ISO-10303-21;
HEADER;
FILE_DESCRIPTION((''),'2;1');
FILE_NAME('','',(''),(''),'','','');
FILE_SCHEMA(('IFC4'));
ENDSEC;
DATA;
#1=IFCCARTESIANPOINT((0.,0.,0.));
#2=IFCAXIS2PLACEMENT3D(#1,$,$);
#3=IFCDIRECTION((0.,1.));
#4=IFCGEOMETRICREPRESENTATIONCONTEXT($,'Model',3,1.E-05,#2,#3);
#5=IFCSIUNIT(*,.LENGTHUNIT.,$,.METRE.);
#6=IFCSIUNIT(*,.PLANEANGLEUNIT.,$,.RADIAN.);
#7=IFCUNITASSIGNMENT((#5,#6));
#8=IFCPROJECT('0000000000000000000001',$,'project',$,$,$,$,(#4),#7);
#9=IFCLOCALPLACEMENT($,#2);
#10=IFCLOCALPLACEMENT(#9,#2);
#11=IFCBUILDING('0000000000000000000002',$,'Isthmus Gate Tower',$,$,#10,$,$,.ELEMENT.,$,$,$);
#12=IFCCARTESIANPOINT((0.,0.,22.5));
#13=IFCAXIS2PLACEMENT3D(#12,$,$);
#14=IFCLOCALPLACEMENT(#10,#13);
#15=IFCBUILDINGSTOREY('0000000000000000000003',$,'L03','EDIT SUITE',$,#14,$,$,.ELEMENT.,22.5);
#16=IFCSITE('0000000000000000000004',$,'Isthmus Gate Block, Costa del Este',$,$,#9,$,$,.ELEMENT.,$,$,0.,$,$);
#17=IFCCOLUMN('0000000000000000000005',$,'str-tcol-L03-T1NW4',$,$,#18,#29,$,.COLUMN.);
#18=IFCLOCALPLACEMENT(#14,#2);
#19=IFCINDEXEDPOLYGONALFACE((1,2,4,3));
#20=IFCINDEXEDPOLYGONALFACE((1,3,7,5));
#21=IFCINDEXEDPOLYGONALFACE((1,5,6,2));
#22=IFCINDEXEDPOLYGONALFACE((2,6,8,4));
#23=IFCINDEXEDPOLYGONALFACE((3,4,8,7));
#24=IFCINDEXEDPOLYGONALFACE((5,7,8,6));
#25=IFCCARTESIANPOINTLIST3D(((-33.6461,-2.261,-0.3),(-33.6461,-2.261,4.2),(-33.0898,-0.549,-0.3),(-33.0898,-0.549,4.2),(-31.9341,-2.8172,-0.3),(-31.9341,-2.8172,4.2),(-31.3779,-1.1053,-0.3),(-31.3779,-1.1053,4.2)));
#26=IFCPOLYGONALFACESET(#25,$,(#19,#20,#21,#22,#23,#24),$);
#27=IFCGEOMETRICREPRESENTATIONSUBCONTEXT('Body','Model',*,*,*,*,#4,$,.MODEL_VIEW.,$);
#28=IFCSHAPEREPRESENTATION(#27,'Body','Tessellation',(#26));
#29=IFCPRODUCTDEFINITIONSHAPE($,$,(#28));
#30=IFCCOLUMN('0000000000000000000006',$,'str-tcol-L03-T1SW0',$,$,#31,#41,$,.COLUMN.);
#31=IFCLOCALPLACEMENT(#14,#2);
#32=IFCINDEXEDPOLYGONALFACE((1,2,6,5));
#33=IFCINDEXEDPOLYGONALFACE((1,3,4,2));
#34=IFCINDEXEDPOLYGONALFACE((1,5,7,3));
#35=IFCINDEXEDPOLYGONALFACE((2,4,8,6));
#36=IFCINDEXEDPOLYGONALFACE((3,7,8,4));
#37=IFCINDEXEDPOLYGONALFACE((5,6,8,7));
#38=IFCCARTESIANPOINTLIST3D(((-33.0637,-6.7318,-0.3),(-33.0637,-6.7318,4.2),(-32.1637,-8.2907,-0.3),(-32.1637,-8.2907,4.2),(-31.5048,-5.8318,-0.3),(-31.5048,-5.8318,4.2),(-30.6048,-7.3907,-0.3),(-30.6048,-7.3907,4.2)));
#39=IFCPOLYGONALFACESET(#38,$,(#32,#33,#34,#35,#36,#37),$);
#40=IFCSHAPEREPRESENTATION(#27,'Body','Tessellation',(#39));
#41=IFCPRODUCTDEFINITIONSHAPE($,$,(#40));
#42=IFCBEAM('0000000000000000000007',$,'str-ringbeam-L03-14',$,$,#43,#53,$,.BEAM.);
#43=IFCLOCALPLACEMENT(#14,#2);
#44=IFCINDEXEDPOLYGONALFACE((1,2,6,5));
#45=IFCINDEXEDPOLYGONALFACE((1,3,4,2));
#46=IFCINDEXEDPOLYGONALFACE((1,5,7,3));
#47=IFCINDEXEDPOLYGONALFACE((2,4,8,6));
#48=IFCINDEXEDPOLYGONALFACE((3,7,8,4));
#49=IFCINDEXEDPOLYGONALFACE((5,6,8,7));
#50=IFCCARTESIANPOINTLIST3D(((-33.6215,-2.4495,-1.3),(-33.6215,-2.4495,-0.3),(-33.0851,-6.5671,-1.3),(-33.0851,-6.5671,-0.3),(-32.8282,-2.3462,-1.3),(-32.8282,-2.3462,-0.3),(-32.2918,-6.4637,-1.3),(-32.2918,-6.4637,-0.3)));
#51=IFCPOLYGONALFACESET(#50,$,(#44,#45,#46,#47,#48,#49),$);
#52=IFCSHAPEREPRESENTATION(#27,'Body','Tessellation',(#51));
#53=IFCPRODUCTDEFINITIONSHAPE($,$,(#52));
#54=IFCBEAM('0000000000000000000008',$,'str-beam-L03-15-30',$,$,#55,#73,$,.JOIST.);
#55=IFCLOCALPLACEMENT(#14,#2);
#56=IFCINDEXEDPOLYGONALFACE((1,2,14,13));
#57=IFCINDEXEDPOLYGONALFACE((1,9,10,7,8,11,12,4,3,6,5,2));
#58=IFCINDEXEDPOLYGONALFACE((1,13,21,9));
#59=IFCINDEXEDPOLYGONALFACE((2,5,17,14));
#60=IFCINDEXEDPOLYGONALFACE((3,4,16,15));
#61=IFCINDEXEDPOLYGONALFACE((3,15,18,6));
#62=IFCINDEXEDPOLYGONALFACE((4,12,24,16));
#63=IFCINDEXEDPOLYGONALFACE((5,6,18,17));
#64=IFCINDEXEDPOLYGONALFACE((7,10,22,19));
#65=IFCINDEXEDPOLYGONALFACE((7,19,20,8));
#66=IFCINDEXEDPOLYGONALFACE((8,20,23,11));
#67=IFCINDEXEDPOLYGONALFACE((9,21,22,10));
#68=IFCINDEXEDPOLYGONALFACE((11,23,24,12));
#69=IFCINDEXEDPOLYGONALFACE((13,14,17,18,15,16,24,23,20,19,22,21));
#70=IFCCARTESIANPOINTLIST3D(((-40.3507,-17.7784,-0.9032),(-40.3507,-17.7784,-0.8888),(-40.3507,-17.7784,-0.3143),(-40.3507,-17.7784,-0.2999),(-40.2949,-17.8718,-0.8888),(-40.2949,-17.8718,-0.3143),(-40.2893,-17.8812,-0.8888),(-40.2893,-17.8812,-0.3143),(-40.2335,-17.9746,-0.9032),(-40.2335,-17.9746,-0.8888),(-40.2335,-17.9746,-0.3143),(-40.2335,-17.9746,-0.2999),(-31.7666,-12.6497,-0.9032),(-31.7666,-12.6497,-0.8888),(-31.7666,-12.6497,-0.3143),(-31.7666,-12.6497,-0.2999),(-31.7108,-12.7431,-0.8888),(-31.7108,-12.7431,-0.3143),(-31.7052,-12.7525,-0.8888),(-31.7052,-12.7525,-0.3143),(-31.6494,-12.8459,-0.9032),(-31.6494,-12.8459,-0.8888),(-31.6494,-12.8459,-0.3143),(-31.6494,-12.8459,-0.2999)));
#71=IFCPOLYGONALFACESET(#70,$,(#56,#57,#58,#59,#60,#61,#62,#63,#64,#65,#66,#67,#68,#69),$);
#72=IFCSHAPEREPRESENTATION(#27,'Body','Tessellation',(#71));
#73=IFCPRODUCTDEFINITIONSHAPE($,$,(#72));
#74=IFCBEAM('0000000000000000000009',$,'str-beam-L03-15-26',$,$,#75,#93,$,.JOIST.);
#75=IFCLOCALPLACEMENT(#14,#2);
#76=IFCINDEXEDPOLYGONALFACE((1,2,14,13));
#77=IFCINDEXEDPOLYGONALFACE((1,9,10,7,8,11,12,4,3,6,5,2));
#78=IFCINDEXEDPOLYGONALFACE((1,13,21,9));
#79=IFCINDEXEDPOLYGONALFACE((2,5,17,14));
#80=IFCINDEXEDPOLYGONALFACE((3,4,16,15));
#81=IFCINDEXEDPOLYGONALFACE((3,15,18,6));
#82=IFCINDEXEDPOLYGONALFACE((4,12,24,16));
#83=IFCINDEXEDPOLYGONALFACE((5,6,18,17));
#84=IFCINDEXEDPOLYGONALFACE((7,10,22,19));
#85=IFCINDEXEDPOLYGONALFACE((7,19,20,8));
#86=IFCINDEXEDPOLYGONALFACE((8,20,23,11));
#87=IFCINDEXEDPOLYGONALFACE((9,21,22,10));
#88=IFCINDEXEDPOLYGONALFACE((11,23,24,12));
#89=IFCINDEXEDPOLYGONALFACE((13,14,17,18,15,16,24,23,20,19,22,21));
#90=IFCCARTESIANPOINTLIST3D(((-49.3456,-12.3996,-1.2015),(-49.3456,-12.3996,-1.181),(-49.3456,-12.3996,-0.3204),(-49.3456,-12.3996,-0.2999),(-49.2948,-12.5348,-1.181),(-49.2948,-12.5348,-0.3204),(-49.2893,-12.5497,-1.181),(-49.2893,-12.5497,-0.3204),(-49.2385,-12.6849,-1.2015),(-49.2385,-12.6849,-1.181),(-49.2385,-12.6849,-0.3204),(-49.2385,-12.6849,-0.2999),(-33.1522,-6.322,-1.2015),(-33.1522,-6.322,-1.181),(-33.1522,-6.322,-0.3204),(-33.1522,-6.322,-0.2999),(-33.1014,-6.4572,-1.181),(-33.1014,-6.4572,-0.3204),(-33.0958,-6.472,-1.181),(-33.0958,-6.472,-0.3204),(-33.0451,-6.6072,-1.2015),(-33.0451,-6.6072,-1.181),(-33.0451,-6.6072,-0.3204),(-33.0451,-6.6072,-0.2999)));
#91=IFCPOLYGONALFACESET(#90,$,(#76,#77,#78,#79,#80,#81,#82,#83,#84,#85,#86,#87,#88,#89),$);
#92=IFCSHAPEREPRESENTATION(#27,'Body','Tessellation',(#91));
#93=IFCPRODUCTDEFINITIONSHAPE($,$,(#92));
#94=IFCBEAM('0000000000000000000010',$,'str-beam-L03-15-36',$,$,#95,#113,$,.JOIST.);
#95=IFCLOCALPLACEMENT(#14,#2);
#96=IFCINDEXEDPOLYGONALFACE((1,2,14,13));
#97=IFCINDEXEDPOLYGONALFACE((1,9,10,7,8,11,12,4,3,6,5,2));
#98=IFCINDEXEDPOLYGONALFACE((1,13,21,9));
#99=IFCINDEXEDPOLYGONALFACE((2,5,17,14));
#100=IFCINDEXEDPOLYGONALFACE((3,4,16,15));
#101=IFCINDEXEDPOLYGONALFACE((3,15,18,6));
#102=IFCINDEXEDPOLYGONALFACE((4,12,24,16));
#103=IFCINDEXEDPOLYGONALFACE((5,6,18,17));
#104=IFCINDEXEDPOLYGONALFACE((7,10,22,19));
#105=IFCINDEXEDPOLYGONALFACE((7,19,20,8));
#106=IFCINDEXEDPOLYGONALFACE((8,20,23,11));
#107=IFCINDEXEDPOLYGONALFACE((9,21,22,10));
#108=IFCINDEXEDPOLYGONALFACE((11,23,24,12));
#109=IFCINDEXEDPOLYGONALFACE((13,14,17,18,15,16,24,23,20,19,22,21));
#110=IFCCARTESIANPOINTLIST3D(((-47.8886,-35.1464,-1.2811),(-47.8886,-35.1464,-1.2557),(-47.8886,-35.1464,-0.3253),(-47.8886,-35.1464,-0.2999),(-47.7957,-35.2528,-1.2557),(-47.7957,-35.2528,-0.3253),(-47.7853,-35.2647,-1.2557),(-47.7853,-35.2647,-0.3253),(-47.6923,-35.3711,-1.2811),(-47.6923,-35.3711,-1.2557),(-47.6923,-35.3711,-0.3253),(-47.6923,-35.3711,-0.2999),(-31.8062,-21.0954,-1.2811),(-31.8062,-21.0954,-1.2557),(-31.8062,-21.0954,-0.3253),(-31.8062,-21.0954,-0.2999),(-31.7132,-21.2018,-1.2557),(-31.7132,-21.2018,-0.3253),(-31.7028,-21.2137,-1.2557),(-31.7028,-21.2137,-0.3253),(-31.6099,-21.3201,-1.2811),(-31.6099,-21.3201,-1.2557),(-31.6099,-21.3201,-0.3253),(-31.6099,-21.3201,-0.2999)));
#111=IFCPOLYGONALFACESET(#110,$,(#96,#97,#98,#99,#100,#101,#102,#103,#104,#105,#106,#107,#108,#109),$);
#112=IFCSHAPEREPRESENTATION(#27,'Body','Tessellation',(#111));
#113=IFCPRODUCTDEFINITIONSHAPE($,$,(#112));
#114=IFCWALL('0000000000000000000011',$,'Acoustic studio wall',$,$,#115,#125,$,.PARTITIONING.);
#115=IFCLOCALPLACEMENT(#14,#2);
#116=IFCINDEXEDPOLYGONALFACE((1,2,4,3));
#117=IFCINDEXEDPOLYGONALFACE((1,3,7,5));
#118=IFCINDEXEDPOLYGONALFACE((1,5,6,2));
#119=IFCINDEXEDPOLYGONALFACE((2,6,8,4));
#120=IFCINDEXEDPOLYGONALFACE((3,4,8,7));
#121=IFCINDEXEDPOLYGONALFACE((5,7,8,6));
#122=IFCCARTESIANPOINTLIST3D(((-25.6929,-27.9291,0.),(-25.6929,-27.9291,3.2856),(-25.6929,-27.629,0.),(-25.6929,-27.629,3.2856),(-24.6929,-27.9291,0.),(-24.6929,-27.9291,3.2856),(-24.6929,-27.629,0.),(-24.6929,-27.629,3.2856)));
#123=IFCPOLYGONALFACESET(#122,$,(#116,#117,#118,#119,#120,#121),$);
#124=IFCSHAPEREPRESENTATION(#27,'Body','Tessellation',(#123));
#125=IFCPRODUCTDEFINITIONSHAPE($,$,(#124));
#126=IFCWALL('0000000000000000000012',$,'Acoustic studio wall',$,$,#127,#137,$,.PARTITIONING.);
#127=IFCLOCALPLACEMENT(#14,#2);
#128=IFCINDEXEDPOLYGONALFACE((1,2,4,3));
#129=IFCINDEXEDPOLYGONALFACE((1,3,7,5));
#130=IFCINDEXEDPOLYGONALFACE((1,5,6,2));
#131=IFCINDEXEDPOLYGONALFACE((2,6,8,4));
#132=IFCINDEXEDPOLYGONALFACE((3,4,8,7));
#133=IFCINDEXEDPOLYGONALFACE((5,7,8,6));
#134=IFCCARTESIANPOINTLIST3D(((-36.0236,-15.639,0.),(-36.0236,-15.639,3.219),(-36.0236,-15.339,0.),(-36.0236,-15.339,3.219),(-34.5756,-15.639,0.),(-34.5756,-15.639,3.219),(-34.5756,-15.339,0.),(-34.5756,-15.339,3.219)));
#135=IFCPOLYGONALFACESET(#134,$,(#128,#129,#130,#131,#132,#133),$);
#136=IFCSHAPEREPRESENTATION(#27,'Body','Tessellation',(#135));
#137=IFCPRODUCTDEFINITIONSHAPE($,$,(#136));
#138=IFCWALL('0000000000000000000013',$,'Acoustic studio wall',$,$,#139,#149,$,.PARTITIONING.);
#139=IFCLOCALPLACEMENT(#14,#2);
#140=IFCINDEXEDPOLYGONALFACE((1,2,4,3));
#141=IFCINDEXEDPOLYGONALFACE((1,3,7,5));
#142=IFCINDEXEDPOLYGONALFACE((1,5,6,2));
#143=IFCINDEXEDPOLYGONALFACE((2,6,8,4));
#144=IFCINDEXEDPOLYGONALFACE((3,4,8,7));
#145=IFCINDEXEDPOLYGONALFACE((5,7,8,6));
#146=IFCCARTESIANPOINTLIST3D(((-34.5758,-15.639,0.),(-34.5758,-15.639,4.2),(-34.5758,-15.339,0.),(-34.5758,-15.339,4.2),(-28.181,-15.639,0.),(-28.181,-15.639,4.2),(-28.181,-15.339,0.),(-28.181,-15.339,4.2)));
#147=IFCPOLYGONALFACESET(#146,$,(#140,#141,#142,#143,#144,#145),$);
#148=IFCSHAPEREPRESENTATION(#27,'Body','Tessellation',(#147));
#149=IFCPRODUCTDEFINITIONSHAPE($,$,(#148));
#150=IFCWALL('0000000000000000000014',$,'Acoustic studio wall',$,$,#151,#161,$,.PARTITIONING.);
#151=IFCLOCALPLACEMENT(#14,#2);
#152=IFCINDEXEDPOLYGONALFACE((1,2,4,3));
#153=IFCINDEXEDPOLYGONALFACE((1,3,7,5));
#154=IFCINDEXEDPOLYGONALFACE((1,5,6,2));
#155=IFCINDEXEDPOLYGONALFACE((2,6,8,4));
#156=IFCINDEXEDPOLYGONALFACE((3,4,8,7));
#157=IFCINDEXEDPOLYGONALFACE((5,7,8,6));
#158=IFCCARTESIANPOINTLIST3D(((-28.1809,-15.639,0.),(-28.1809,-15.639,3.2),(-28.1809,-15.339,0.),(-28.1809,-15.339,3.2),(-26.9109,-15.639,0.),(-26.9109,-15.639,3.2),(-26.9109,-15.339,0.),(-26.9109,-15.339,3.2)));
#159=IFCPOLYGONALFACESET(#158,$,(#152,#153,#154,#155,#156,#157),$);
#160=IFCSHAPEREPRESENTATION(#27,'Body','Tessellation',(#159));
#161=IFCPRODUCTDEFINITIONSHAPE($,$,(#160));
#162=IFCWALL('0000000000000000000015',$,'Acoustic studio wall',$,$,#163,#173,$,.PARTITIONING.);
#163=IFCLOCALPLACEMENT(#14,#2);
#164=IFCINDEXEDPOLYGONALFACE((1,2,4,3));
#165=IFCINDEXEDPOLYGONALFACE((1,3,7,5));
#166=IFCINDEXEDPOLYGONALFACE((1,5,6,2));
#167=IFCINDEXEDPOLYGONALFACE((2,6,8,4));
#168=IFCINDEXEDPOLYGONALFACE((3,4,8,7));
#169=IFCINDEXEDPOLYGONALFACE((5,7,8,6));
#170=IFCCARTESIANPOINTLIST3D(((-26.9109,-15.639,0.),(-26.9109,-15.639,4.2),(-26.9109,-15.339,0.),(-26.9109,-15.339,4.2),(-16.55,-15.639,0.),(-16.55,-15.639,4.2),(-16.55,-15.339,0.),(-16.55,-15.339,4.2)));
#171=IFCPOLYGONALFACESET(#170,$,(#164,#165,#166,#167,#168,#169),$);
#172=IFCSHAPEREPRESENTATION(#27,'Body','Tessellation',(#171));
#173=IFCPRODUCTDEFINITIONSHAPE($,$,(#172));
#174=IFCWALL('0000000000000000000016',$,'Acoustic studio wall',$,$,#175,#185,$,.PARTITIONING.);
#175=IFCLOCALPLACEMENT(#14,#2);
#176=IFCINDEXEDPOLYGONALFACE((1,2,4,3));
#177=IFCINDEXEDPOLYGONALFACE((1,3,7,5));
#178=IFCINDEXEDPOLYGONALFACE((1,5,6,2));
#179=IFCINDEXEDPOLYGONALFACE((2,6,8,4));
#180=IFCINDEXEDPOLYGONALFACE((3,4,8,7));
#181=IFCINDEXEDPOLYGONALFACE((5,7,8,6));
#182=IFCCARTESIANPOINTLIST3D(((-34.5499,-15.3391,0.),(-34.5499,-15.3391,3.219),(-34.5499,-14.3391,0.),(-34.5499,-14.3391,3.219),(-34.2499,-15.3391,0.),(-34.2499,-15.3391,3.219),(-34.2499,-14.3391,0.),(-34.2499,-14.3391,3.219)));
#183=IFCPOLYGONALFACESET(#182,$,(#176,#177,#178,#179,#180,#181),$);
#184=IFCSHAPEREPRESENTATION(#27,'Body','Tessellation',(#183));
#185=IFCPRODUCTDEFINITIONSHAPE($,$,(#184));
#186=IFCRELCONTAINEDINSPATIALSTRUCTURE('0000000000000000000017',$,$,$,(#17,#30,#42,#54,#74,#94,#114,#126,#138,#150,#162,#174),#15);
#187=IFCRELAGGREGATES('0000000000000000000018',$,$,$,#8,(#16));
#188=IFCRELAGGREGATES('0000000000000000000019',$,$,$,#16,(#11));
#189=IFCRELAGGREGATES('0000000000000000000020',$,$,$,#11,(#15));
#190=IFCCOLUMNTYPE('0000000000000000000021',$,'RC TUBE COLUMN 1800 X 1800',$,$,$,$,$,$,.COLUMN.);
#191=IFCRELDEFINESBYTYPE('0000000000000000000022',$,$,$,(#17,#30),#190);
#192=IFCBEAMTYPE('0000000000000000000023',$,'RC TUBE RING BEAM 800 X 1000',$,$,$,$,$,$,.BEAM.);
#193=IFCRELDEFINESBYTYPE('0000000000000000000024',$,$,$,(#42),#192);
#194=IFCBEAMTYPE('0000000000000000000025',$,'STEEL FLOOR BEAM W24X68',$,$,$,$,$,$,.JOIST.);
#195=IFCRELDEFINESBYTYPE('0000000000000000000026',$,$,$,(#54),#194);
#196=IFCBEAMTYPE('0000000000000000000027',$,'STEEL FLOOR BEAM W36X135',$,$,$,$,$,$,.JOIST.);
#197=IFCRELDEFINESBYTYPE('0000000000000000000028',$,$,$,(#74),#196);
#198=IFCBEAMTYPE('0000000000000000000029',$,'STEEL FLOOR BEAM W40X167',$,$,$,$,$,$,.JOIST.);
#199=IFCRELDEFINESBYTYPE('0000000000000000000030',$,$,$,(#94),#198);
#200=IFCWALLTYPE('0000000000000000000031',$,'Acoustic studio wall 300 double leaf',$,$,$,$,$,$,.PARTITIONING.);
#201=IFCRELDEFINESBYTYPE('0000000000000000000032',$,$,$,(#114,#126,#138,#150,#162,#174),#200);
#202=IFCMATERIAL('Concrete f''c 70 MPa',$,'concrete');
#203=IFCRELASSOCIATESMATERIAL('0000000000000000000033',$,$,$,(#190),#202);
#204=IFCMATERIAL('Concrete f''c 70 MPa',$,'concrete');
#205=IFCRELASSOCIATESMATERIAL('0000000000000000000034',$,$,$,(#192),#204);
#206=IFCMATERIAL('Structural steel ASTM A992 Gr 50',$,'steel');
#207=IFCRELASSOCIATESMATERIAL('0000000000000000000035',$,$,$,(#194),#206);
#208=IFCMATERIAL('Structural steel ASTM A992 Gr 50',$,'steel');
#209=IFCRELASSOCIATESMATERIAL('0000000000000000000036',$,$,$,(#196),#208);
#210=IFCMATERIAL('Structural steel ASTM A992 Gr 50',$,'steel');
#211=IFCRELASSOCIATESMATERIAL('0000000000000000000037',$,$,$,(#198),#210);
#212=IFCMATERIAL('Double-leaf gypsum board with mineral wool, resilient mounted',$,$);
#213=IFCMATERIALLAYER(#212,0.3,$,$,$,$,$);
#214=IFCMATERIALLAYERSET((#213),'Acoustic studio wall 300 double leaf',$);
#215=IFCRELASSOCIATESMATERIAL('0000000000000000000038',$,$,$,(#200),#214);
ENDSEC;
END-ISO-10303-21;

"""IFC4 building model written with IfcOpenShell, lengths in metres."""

from ifc_helpers import new_model, si_unit, direction, frame, frame_2d, origin, origin_2d, place, context, subcontext, project, spatial, rectangle, i_section, extrude, material, layer, layer_set, material_profile, profile_set, type_object, element, save


model = new_model("IFC4")

# Units and contexts
model_context = context("Model", 3, precision=1e-05, world=origin(), true_north=direction((0.0, 1.0)))
body_context = subcontext(model_context, "Body", "Model", "MODEL_VIEW")
ifc_project = project(units=[si_unit("LENGTHUNIT", "METRE"), si_unit("PLANEANGLEUNIT", "RADIAN")], contexts=[model_context])

# Site, building, storey
site_placement = place(None, origin())
site = spatial("IfcSite", under=ifc_project, at=site_placement, Name="Isthmus Gate Block, Costa del Este", CompositionType="ELEMENT", RefElevation=0.0)
building_placement = place(site_placement, origin())
building = spatial("IfcBuilding", under=site, at=building_placement, Name="Isthmus Gate Tower", CompositionType="ELEMENT")
storey_placement = place(building_placement, frame((0.0, 0.0, 22.5)))
storey = spatial("IfcBuildingStorey", under=building, at=storey_placement, Name="L03", Description="EDIT SUITE", CompositionType="ELEMENT", Elevation=22.5)

# Columns
ifc_material_1 = material(Name="Concrete f'c 70 MPa", Category="concrete")
ifc_material_profile_1 = material_profile(ifc_material_1, rectangle(XDim=1.8, YDim=1.8, at=origin_2d()), Name="RC 1800X1800")
ifc_profile_set_1 = profile_set([ifc_material_profile_1], Name="Concrete f'c 70 MPa")
column_type = type_object("IfcColumnType", Name="RC TUBE COLUMN 1800 X 1800", PredefinedType="COLUMN", material=ifc_profile_set_1)
for number, where, z_axis, x_axis, name in (
    (1, (-32.512, -1.6831, -0.3), (0.0, 0.0, 1.0), (-0.309017, -0.951057, 0.0), "str-tcol-L03-T1NW4"),
    (2, (-31.8342, -7.0613, -0.3), (0.0, 0.0, 1.0), (0.5, -0.866025, 0.0), "str-tcol-L03-T1SW0"),
):
    element("IfcColumn", number, at=place(storey_placement, frame(where, z_axis=z_axis, x_axis=x_axis)), inside=storey, type_object=column_type, Name=name, PredefinedType="COLUMN", context=body_context, shape_type="SweptSolid", body=[
        extrude(rectangle(XDim=1.8, YDim=1.8, at=origin_2d()), origin(), (0.0, 0.0, 1.0), 4.5),
    ])

# Beams
ifc_material_2 = material(Name="Concrete f'c 70 MPa", Category="concrete")
ifc_material_profile_2 = material_profile(ifc_material_2, rectangle(XDim=0.8, YDim=1.0, at=origin_2d()), Name="RC 800X1000")
ifc_profile_set_2 = profile_set([ifc_material_profile_2], Name="Concrete f'c 70 MPa")
beam_type_1 = type_object("IfcBeamType", Name="RC TUBE RING BEAM 800 X 1000", PredefinedType="BEAM", material=ifc_profile_set_2)
beam_1_placement = place(storey_placement, frame((-32.6885, -6.5154, -0.8), z_axis=(-0.129171, 0.991622, 0.0), x_axis=(-0.991622, -0.129171, 0.0)))
element("IfcBeam", 3, at=beam_1_placement, inside=storey, type_object=beam_type_1, Name="str-ringbeam-L03-14", PredefinedType="BEAM", context=body_context, shape_type="SweptSolid", body=[
    extrude(rectangle(XDim=0.8, YDim=1.0, at=origin_2d()), origin(), (0.0, 0.0, 1.0), 4.1523),
])
ifc_material_3 = material(Name="Structural steel ASTM A992 Gr 50", Category="steel")
ifc_material_profile_3 = material_profile(ifc_material_3, i_section(OverallWidth=0.2285, OverallDepth=0.6033, WebThickness=0.011, FlangeThickness=0.0144, at=origin_2d()), Name="W24X68")
ifc_profile_set_3 = profile_set([ifc_material_profile_3], Name="Structural steel ASTM A992 Gr 50")
beam_type_2 = type_object("IfcBeamType", Name="STEEL FLOOR BEAM W24X68", PredefinedType="JOIST", material=ifc_profile_set_3)
beam_2_placement = place(storey_placement, frame((-31.708, -12.7478, -0.6016), z_axis=(-0.85845, -0.512897, 0.0), x_axis=(0.512897, -0.85845, 0.0)))
element("IfcBeam", 4, at=beam_2_placement, inside=storey, type_object=beam_type_2, Name="str-beam-L03-15-30", PredefinedType="JOIST", context=body_context, shape_type="SweptSolid", body=[
    extrude(i_section(OverallWidth=0.2285, OverallDepth=0.6033, WebThickness=0.011, FlangeThickness=0.0144, at=origin_2d()), origin(), (0.0, 0.0, 1.0), 9.9995),
])
ifc_material_4 = material(Name="Structural steel ASTM A992 Gr 50", Category="steel")
ifc_material_profile_4 = material_profile(ifc_material_4, i_section(OverallWidth=0.3047, OverallDepth=0.9016, WebThickness=0.0159, FlangeThickness=0.0205, at=origin_2d()), Name="W36X135")
ifc_profile_set_4 = profile_set([ifc_material_profile_4], Name="Structural steel ASTM A992 Gr 50")
beam_type_3 = type_object("IfcBeamType", Name="STEEL FLOOR BEAM W36X135", PredefinedType="JOIST", material=ifc_profile_set_4)
beam_3_placement = place(storey_placement, frame((-33.0986, -6.4646, -0.7507), z_axis=(-0.936232, -0.351383, 0.0), x_axis=(0.351383, -0.936232, 0.0)))
element("IfcBeam", 5, at=beam_3_placement, inside=storey, type_object=beam_type_3, Name="str-beam-L03-15-26", PredefinedType="JOIST", context=body_context, shape_type="SweptSolid", body=[
    extrude(i_section(OverallWidth=0.3047, OverallDepth=0.9016, WebThickness=0.0159, FlangeThickness=0.0205, at=origin_2d()), origin(), (0.0, 0.0, 1.0), 17.2964),
])
ifc_material_5 = material(Name="Structural steel ASTM A992 Gr 50", Category="steel")
ifc_material_profile_5 = material_profile(ifc_material_5, i_section(OverallWidth=0.2983, OverallDepth=0.9812, WebThickness=0.0159, FlangeThickness=0.0254, at=origin_2d()), Name="W40X167")
ifc_profile_set_5 = profile_set([ifc_material_profile_5], Name="Structural steel ASTM A992 Gr 50")
beam_type_4 = type_object("IfcBeamType", Name="STEEL FLOOR BEAM W40X167", PredefinedType="JOIST", material=ifc_profile_set_5)
beam_4_placement = place(storey_placement, frame((-31.708, -21.2078, -0.7905), z_axis=(-0.753068, -0.657943, 0.0), x_axis=(0.657943, -0.753068, 0.0)))
element("IfcBeam", 6, at=beam_4_placement, inside=storey, type_object=beam_type_4, Name="str-beam-L03-15-36", PredefinedType="JOIST", context=body_context, shape_type="SweptSolid", body=[
    extrude(i_section(OverallWidth=0.2983, OverallDepth=0.9812, WebThickness=0.0159, FlangeThickness=0.0254, at=origin_2d()), origin(), (0.0, 0.0, 1.0), 21.356),
])

# Walls
ifc_material_6 = material(Name="Double-leaf gypsum board with mineral wool, resilient mounted")
ifc_layer = layer(ifc_material_6, 0.3)
ifc_layer_set = layer_set([ifc_layer], Name="Acoustic studio wall 300 double leaf")
wall_type = type_object("IfcWallType", Name="Acoustic studio wall 300 double leaf", PredefinedType="PARTITIONING", material=ifc_layer_set)
wall_1_placement = place(storey_placement, frame((-25.6929, -27.7791, 0.0), z_axis=(0.0, 0.0, 1.0), x_axis=(1.0, 0.0, 0.0)))
element("IfcWall", 7, at=wall_1_placement, inside=storey, type_object=wall_type, Name="Acoustic studio wall", PredefinedType="PARTITIONING", context=body_context, shape_type="SweptSolid", body=[
    extrude(rectangle(XDim=1.0, YDim=0.3, at=frame_2d((0.5, 0.0))), origin(), (0.0, 0.0, 1.0), 3.2856),
])
wall_2_placement = place(storey_placement, frame((-36.0237, -15.489, 0.0), z_axis=(0.0, 0.0, 1.0), x_axis=(1.0, 0.0, 0.0)))
element("IfcWall", 8, at=wall_2_placement, inside=storey, type_object=wall_type, Name="Acoustic studio wall", PredefinedType="PARTITIONING", context=body_context, shape_type="SweptSolid", body=[
    extrude(rectangle(XDim=1.448, YDim=0.3, at=frame_2d((0.7241, 0.0))), origin(), (0.0, 0.0, 1.0), 3.219),
])
wall_3_placement = place(storey_placement, frame((-34.5757, -15.489, 0.0), z_axis=(0.0, 0.0, 1.0), x_axis=(1.0, 0.0, 0.0)))
element("IfcWall", 9, at=wall_3_placement, inside=storey, type_object=wall_type, Name="Acoustic studio wall", PredefinedType="PARTITIONING", context=body_context, shape_type="SweptSolid", body=[
    extrude(rectangle(XDim=6.3948, YDim=0.3, at=frame_2d((3.1973, 0.0))), origin(), (0.0, 0.0, 1.0), 4.2),
])
wall_4_placement = place(storey_placement, frame((-28.1809, -15.489, 0.0), z_axis=(0.0, 0.0, 1.0), x_axis=(1.0, 0.0, 0.0)))
element("IfcWall", 10, at=wall_4_placement, inside=storey, type_object=wall_type, Name="Acoustic studio wall", PredefinedType="PARTITIONING", context=body_context, shape_type="SweptSolid", body=[
    extrude(rectangle(XDim=1.27, YDim=0.3, at=frame_2d((0.635, 0.0))), origin(), (0.0, 0.0, 1.0), 3.2),
])
wall_5_placement = place(storey_placement, frame((-26.9109, -15.489, 0.0), z_axis=(0.0, 0.0, 1.0), x_axis=(1.0, 0.0, 0.0)))
element("IfcWall", 11, at=wall_5_placement, inside=storey, type_object=wall_type, Name="Acoustic studio wall", PredefinedType="PARTITIONING", context=body_context, shape_type="SweptSolid", body=[
    extrude(rectangle(XDim=10.3608, YDim=0.3, at=frame_2d((5.1804, 0.0))), origin(), (0.0, 0.0, 1.0), 4.2),
])
wall_6_placement = place(storey_placement, frame((-34.3999, -15.3391, 0.0), z_axis=(0.0, 0.0, 1.0), x_axis=(0.0, 1.0, 0.0)))
element("IfcWall", 12, at=wall_6_placement, inside=storey, type_object=wall_type, Name="Acoustic studio wall", PredefinedType="PARTITIONING", context=body_context, shape_type="SweptSolid", body=[
    extrude(rectangle(XDim=1.0, YDim=0.3, at=frame_2d((0.5, 0.0))), origin(), (0.0, 0.0, 1.0), 3.219),
])

save(model, "model.ifc")
